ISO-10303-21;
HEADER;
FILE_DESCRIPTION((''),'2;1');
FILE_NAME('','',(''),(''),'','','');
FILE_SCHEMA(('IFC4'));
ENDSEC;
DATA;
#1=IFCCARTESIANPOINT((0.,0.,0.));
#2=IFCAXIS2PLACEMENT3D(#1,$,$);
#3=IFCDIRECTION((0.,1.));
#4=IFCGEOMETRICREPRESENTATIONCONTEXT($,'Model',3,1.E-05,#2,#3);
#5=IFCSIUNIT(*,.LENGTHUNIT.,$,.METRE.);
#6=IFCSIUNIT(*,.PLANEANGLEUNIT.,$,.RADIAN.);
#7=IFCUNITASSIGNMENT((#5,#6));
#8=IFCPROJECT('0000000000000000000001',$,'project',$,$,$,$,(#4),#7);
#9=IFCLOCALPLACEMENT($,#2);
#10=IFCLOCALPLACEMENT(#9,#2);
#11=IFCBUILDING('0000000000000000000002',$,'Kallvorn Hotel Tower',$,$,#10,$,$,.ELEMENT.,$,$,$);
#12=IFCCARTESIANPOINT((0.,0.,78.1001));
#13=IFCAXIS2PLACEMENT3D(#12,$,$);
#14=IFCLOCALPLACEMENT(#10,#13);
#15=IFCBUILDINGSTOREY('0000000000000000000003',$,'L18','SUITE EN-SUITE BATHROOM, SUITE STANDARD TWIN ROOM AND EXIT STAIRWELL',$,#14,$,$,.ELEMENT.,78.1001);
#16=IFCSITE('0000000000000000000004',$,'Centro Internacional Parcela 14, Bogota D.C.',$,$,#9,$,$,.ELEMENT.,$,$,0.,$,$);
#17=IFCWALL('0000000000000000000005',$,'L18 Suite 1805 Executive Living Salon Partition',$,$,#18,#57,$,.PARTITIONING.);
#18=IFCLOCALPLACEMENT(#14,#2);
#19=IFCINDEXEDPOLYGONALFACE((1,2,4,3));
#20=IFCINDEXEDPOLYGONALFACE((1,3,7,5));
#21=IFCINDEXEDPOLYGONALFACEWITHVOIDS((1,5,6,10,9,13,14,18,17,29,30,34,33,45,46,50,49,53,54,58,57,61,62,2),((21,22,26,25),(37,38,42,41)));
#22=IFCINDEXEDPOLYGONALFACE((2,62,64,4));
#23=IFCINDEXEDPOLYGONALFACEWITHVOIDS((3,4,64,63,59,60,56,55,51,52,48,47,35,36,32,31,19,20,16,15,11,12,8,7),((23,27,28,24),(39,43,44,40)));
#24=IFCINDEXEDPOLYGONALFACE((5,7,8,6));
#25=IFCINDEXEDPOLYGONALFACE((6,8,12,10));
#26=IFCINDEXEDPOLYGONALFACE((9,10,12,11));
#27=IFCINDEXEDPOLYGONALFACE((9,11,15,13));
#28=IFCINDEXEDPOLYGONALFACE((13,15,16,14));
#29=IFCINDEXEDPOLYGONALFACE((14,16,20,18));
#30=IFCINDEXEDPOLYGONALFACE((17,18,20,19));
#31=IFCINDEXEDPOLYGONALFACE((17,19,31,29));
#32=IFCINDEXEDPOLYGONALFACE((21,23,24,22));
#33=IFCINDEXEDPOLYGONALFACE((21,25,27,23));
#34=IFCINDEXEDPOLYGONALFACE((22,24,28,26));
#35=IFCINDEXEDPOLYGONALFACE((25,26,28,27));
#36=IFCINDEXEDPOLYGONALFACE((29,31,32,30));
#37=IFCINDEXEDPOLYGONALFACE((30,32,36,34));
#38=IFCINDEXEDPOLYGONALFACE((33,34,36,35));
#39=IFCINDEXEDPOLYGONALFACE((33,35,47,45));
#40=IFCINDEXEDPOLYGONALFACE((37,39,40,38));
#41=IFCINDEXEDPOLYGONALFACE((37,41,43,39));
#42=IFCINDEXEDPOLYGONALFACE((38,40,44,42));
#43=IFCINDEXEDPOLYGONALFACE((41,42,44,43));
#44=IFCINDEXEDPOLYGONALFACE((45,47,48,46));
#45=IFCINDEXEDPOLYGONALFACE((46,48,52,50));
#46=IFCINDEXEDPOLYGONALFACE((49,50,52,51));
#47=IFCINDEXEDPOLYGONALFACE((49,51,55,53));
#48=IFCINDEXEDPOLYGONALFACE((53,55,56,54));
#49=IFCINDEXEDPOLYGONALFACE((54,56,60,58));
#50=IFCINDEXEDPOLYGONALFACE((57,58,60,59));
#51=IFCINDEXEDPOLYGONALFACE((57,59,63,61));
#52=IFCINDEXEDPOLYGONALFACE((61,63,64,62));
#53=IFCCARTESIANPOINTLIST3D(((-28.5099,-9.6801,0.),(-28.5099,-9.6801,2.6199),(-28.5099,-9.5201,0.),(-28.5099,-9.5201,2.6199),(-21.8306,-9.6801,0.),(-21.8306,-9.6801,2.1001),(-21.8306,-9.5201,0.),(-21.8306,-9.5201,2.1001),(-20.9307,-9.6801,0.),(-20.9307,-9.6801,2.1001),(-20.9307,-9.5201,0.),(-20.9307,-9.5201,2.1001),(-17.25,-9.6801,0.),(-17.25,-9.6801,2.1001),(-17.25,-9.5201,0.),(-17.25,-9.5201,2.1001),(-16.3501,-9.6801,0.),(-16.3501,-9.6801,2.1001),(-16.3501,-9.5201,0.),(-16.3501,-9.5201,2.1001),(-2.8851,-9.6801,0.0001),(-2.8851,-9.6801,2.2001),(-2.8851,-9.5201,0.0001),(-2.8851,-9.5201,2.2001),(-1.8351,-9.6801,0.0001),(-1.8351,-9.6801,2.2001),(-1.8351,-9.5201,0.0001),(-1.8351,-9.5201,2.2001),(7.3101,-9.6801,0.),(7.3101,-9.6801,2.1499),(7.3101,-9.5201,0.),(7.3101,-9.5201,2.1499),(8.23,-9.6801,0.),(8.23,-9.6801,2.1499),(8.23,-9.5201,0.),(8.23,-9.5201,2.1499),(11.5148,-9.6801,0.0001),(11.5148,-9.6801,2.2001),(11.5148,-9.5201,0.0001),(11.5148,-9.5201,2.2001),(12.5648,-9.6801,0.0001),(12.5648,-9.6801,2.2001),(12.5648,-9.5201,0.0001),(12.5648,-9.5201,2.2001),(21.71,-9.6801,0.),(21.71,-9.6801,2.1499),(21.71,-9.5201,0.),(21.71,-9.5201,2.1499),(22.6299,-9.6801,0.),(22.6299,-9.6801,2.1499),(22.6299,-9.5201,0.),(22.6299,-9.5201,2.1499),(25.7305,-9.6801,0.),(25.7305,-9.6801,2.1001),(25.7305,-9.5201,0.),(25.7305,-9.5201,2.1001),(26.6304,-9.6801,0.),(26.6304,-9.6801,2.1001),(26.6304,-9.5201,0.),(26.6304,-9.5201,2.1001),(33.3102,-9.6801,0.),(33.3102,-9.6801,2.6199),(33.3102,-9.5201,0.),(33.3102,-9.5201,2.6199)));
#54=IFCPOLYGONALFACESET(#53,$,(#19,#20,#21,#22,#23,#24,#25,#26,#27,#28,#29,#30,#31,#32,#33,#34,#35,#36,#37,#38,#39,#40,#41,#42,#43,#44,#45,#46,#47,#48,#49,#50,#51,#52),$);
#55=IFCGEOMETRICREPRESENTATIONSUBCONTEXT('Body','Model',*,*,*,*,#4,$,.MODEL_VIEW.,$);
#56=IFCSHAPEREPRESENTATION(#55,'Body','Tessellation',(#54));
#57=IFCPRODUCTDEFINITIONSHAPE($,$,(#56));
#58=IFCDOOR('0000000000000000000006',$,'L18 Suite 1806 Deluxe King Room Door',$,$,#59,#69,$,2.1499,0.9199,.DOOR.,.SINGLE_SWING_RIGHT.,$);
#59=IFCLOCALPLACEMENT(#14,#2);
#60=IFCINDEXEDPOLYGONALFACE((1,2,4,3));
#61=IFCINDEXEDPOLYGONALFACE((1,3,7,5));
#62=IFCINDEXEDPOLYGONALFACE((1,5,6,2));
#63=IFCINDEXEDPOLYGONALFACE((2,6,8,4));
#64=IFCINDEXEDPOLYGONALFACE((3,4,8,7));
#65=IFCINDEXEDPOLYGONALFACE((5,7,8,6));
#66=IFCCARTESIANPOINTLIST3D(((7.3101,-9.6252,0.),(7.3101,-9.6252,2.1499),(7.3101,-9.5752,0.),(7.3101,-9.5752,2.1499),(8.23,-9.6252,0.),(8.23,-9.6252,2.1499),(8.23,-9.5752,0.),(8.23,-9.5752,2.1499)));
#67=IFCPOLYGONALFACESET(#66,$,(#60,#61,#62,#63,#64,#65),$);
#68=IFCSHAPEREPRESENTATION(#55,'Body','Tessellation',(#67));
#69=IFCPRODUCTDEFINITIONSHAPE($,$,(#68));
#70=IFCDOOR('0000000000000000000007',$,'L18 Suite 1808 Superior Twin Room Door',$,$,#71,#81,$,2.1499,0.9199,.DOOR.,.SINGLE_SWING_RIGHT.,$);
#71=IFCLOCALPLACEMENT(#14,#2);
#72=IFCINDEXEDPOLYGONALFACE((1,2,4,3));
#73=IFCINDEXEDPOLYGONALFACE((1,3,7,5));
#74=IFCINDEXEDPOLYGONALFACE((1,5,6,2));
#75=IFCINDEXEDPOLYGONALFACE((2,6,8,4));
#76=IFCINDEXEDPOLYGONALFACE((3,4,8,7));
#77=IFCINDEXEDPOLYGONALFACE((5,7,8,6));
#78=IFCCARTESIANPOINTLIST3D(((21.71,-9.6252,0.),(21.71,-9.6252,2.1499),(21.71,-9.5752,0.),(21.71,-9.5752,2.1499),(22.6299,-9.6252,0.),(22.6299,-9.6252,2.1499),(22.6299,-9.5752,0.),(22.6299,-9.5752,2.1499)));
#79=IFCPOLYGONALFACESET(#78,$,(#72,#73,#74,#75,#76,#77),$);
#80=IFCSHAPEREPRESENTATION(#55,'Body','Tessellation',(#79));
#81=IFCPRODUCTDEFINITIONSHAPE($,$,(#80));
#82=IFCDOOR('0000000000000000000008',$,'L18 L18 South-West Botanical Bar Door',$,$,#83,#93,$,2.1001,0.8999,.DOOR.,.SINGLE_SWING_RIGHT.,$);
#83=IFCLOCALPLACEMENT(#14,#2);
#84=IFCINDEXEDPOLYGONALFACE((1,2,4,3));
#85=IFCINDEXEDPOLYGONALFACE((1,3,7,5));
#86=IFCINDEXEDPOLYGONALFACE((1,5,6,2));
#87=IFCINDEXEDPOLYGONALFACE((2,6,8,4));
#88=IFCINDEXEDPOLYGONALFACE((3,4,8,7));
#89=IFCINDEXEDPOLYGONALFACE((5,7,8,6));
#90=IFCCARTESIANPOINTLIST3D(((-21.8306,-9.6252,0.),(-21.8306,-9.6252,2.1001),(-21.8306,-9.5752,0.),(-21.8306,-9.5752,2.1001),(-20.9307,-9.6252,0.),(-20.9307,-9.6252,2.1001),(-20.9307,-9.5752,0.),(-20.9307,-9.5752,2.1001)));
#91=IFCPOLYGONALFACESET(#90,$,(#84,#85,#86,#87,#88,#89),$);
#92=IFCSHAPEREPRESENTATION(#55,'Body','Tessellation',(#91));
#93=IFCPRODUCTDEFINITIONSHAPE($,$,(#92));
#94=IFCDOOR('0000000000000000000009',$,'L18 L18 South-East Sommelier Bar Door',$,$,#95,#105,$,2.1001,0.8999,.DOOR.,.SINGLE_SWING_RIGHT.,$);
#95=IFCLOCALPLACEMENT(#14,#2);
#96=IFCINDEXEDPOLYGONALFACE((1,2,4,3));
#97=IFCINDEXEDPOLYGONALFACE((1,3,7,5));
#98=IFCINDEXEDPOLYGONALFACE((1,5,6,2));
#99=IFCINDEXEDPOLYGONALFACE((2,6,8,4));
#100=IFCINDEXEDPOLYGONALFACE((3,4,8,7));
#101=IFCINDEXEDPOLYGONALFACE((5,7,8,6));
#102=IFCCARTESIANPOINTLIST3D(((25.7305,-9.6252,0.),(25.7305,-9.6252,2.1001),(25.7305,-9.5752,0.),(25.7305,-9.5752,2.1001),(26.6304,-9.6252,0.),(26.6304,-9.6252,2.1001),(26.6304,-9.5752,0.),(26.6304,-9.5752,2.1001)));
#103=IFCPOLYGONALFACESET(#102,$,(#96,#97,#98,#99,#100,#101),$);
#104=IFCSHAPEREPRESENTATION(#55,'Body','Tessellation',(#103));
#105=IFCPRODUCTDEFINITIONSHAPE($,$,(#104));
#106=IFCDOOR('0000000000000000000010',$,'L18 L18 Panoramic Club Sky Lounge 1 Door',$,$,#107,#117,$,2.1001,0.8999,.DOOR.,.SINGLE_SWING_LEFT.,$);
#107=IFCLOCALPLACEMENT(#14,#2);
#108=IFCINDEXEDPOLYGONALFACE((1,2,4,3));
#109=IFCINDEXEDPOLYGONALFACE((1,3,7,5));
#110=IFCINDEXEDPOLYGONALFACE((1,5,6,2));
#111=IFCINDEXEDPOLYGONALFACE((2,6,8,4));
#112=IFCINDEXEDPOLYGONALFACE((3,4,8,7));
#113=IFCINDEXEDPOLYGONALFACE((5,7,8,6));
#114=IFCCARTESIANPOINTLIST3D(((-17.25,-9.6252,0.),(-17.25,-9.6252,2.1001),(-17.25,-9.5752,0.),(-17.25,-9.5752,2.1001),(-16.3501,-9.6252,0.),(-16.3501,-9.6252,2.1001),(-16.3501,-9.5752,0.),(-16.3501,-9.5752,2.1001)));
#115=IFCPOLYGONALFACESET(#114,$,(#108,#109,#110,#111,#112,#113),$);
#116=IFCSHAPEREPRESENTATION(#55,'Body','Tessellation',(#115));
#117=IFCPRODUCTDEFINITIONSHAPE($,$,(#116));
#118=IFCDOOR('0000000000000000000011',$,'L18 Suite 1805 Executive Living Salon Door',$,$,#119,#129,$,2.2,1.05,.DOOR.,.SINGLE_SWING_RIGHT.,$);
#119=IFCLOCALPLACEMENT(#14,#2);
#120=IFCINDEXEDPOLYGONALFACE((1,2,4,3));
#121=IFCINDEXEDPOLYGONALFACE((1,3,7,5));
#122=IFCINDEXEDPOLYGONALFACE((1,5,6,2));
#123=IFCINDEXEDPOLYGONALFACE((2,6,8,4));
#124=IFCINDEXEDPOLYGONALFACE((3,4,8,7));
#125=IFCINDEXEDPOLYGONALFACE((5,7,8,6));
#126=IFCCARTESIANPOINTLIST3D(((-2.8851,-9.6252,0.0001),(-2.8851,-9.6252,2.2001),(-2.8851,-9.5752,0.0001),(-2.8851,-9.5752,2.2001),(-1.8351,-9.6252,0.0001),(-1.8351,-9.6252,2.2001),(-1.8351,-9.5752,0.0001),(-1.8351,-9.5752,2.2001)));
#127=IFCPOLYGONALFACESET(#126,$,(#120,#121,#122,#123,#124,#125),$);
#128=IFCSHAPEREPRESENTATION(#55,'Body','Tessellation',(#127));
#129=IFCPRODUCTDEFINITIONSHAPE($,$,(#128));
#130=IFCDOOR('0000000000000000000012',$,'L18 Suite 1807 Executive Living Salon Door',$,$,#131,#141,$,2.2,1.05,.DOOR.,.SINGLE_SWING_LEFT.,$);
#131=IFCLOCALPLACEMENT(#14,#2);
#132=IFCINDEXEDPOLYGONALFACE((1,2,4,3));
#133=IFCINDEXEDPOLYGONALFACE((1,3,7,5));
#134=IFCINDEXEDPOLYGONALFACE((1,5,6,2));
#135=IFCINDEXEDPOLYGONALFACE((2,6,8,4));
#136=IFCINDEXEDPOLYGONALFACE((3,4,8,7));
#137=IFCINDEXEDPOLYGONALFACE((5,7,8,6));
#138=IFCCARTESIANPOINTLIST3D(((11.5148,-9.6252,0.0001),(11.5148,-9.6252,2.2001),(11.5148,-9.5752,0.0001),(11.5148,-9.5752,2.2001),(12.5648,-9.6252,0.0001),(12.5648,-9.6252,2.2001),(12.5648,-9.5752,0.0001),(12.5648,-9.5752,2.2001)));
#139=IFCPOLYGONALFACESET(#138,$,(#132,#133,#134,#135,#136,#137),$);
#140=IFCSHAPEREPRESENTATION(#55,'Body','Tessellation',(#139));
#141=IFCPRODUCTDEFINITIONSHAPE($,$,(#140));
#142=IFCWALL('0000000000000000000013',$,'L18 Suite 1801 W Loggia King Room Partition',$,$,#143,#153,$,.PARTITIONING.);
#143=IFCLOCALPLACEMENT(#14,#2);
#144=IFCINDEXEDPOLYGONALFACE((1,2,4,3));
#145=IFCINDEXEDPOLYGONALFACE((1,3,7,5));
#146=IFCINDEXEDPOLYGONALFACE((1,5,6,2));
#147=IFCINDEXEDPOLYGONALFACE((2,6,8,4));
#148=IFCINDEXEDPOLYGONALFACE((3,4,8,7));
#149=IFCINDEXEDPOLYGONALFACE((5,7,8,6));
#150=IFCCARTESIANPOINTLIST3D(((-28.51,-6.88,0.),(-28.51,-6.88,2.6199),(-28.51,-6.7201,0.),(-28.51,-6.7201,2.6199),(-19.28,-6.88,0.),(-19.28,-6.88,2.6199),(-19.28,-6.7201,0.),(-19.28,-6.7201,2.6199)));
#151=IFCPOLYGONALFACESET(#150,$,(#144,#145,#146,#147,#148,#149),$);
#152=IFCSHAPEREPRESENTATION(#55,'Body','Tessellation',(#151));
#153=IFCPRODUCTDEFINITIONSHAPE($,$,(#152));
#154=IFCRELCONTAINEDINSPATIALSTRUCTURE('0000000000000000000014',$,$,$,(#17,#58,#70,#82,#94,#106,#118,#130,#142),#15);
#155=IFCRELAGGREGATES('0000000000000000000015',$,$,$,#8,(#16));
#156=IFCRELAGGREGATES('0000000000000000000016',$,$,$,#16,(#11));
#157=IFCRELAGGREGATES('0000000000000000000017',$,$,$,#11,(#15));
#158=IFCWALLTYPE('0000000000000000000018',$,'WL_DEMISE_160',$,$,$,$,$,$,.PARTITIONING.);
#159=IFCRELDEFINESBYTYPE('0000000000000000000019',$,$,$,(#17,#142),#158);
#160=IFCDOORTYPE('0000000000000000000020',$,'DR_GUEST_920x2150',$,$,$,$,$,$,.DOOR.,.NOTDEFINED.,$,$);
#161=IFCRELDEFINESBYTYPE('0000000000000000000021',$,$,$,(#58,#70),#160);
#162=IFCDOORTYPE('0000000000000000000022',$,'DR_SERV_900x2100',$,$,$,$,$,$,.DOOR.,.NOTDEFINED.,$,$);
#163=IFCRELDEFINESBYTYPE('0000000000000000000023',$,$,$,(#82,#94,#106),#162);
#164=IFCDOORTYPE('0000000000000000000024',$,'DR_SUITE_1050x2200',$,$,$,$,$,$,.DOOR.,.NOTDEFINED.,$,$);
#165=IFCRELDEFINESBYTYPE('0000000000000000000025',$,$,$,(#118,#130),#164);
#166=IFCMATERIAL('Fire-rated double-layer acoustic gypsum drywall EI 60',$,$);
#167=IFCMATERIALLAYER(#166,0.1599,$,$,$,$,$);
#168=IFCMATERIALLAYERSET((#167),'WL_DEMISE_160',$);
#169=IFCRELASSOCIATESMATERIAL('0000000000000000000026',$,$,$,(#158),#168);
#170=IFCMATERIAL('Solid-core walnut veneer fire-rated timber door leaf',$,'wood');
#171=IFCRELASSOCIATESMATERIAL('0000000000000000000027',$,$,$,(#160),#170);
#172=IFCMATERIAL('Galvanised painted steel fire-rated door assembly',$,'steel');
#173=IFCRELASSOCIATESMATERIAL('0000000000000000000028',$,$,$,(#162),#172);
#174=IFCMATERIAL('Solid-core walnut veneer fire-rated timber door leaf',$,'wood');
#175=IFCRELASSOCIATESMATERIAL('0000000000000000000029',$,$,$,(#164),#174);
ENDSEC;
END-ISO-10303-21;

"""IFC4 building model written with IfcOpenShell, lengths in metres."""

from ifc_helpers import new_model, si_unit, direction, frame, frame_2d, origin, place, context, subcontext, project, spatial, rectangle, extrude, material, layer, layer_set, type_object, element, fill, save


model = new_model("IFC4")

# Units and contexts
model_context = context("Model", 3, precision=1e-05, world=origin(), true_north=direction((0.0, 1.0)))
body_context = subcontext(model_context, "Body", "Model", "MODEL_VIEW")
ifc_project = project(units=[si_unit("LENGTHUNIT", "METRE"), si_unit("PLANEANGLEUNIT", "RADIAN")], contexts=[model_context])

# Site, building, storey
site_placement = place(None, origin())
site = spatial("IfcSite", under=ifc_project, at=site_placement, Name="Centro Internacional Parcela 14, Bogota D.C.", CompositionType="ELEMENT", RefElevation=0.0)
building_placement = place(site_placement, origin())
building = spatial("IfcBuilding", under=site, at=building_placement, Name="Kallvorn Hotel Tower", CompositionType="ELEMENT")
storey_placement = place(building_placement, frame((0.0, 0.0, 78.1001)))
storey = spatial("IfcBuildingStorey", under=building, at=storey_placement, Name="L18", Description="SUITE EN-SUITE BATHROOM, SUITE STANDARD TWIN ROOM AND EXIT STAIRWELL", CompositionType="ELEMENT", Elevation=78.1001)

# Wall, openings, doors
ifc_material_1 = material(Name="Fire-rated double-layer acoustic gypsum drywall EI 60")
ifc_layer = layer(ifc_material_1, 0.1599)
ifc_layer_set = layer_set([ifc_layer], Name="WL_DEMISE_160")
wall_type = type_object("IfcWallType", Name="WL_DEMISE_160", PredefinedType="PARTITIONING", material=ifc_layer_set)
wall_1_placement = place(storey_placement, frame((-28.51, -9.6001, 0.0), z_axis=(0.0, 0.0, 1.0), x_axis=(1.0, 0.0, 0.0)))
wall_1 = element("IfcWall", 1, at=wall_1_placement, inside=storey, type_object=wall_type, Name="L18 Suite 1805 Executive Living Salon Partition", PredefinedType="PARTITIONING", context=body_context, shape_type="SweptSolid", body=[
    extrude(rectangle(XDim=61.8201, YDim=0.1599, at=frame_2d((30.9102, 0.0))), origin(), (0.0, 0.0, 1.0), 2.6199),
])
opening_1_placement = place(wall_1_placement, frame((6.6794, 0.0, 0.0)))
opening_1 = element("IfcOpeningElement", 2, at=opening_1_placement, cuts=wall_1, PredefinedType="OPENING", context=body_context, shape_type="SweptSolid", body=[
    extrude(rectangle(XDim=0.8999, YDim=2.1001, at=frame_2d((0.45, 1.05))), frame((0.0, 0.095, 0.0), z_axis=(0.0, -1.0, 0.0), x_axis=(1.0, 0.0, 0.0)), (0.0, 0.0, 1.0), 0.1899),
])
opening_2_placement = place(wall_1_placement, frame((54.2405, 0.0, 0.0)))
opening_2 = element("IfcOpeningElement", 3, at=opening_2_placement, cuts=wall_1, PredefinedType="OPENING", context=body_context, shape_type="SweptSolid", body=[
    extrude(rectangle(XDim=0.8999, YDim=2.1001, at=frame_2d((0.45, 1.05))), frame((0.0, 0.095, 0.0), z_axis=(0.0, -1.0, 0.0), x_axis=(1.0, 0.0, 0.0)), (0.0, 0.0, 1.0), 0.1899),
])
opening_3_placement = place(wall_1_placement, frame((11.26, 0.0, 0.0)))
opening_3 = element("IfcOpeningElement", 4, at=opening_3_placement, cuts=wall_1, PredefinedType="OPENING", context=body_context, shape_type="SweptSolid", body=[
    extrude(rectangle(XDim=0.8999, YDim=2.1001, at=frame_2d((0.45, 1.05))), frame((0.0, 0.095, 0.0), z_axis=(0.0, -1.0, 0.0), x_axis=(1.0, 0.0, 0.0)), (0.0, 0.0, 1.0), 0.1899),
])
opening_4_placement = place(wall_1_placement, frame((25.625, 0.0, 0.0)))
opening_4 = element("IfcOpeningElement", 5, at=opening_4_placement, cuts=wall_1, PredefinedType="OPENING", context=body_context, shape_type="SweptSolid", body=[
    extrude(rectangle(XDim=1.05, YDim=2.2, at=frame_2d((0.5249, 1.1001))), frame((0.0, 0.095, 0.0), z_axis=(0.0, -1.0, 0.0), x_axis=(1.0, 0.0, 0.0)), (0.0, 0.0, 1.0), 0.1899),
])
opening_5_placement = place(wall_1_placement, frame((35.8201, 0.0, 0.0)))
opening_5 = element("IfcOpeningElement", 6, at=opening_5_placement, cuts=wall_1, PredefinedType="OPENING", context=body_context, shape_type="SweptSolid", body=[
    extrude(rectangle(XDim=0.9199, YDim=2.1499, at=frame_2d((0.46, 1.075))), frame((0.0, 0.095, 0.0), z_axis=(0.0, -1.0, 0.0), x_axis=(1.0, 0.0, 0.0)), (0.0, 0.0, 1.0), 0.1899),
])
opening_6_placement = place(wall_1_placement, frame((40.0249, 0.0, 0.0)))
opening_6 = element("IfcOpeningElement", 7, at=opening_6_placement, cuts=wall_1, PredefinedType="OPENING", context=body_context, shape_type="SweptSolid", body=[
    extrude(rectangle(XDim=1.05, YDim=2.2, at=frame_2d((0.5249, 1.1001))), frame((0.0, 0.095, 0.0), z_axis=(0.0, -1.0, 0.0), x_axis=(1.0, 0.0, 0.0)), (0.0, 0.0, 1.0), 0.1899),
])
opening_7_placement = place(wall_1_placement, frame((50.22, 0.0, 0.0)))
opening_7 = element("IfcOpeningElement", 8, at=opening_7_placement, cuts=wall_1, PredefinedType="OPENING", context=body_context, shape_type="SweptSolid", body=[
    extrude(rectangle(XDim=0.9199, YDim=2.1499, at=frame_2d((0.46, 1.075))), frame((0.0, 0.095, 0.0), z_axis=(0.0, -1.0, 0.0), x_axis=(1.0, 0.0, 0.0)), (0.0, 0.0, 1.0), 0.1899),
])
ifc_material_2 = material(Name="Solid-core walnut veneer fire-rated timber door leaf", Category="wood")
door_type_1 = type_object("IfcDoorType", Name="DR_GUEST_920x2150", OperationType="NOTDEFINED", PredefinedType="DOOR", material=ifc_material_2)
door_1_placement = place(opening_5_placement, origin())
door_1 = element("IfcDoor", 9, at=door_1_placement, inside=storey, type_object=door_type_1, Name="L18 Suite 1806 Deluxe King Room Door", OperationType="SINGLE_SWING_RIGHT", OverallHeight=2.1499, OverallWidth=0.9199, PredefinedType="DOOR", context=body_context, shape_type="SweptSolid", body=[
    extrude(rectangle(XDim=0.9199, YDim=2.1499, at=frame_2d((0.46, 1.075))), frame((0.0, 0.0249, 0.0), z_axis=(0.0, -1.0, 0.0), x_axis=(1.0, 0.0, 0.0)), (0.0, 0.0, 1.0), 0.05),
])
fill(opening_5, door_1)
door_2_placement = place(opening_7_placement, origin())
door_2 = element("IfcDoor", 10, at=door_2_placement, inside=storey, type_object=door_type_1, Name="L18 Suite 1808 Superior Twin Room Door", OperationType="SINGLE_SWING_RIGHT", OverallHeight=2.1499, OverallWidth=0.9199, PredefinedType="DOOR", context=body_context, shape_type="SweptSolid", body=[
    extrude(rectangle(XDim=0.9199, YDim=2.1499, at=frame_2d((0.46, 1.075))), frame((0.0, 0.0249, 0.0), z_axis=(0.0, -1.0, 0.0), x_axis=(1.0, 0.0, 0.0)), (0.0, 0.0, 1.0), 0.05),
])
fill(opening_7, door_2)
ifc_material_3 = material(Name="Galvanised painted steel fire-rated door assembly", Category="steel")
door_type_2 = type_object("IfcDoorType", Name="DR_SERV_900x2100", OperationType="NOTDEFINED", PredefinedType="DOOR", material=ifc_material_3)
door_3_placement = place(opening_1_placement, origin())
door_3 = element("IfcDoor", 11, at=door_3_placement, inside=storey, type_object=door_type_2, Name="L18 L18 South-West Botanical Bar Door", OperationType="SINGLE_SWING_RIGHT", OverallHeight=2.1001, OverallWidth=0.8999, PredefinedType="DOOR", context=body_context, shape_type="SweptSolid", body=[
    extrude(rectangle(XDim=0.8999, YDim=2.1001, at=frame_2d((0.45, 1.05))), frame((0.0, 0.0249, 0.0), z_axis=(0.0, -1.0, 0.0), x_axis=(1.0, 0.0, 0.0)), (0.0, 0.0, 1.0), 0.05),
])
fill(opening_1, door_3)
door_4_placement = place(opening_2_placement, origin())
door_4 = element("IfcDoor", 12, at=door_4_placement, inside=storey, type_object=door_type_2, Name="L18 L18 South-East Sommelier Bar Door", OperationType="SINGLE_SWING_RIGHT", OverallHeight=2.1001, OverallWidth=0.8999, PredefinedType="DOOR", context=body_context, shape_type="SweptSolid", body=[
    extrude(rectangle(XDim=0.8999, YDim=2.1001, at=frame_2d((0.45, 1.05))), frame((0.0, 0.0249, 0.0), z_axis=(0.0, -1.0, 0.0), x_axis=(1.0, 0.0, 0.0)), (0.0, 0.0, 1.0), 0.05),
])
fill(opening_2, door_4)
door_5_placement = place(opening_3_placement, origin())
door_5 = element("IfcDoor", 13, at=door_5_placement, inside=storey, type_object=door_type_2, Name="L18 L18 Panoramic Club Sky Lounge 1 Door", OperationType="SINGLE_SWING_LEFT", OverallHeight=2.1001, OverallWidth=0.8999, PredefinedType="DOOR", context=body_context, shape_type="SweptSolid", body=[
    extrude(rectangle(XDim=0.8999, YDim=2.1001, at=frame_2d((0.45, 1.05))), frame((0.0, 0.0249, 0.0), z_axis=(0.0, -1.0, 0.0), x_axis=(1.0, 0.0, 0.0)), (0.0, 0.0, 1.0), 0.05),
])
fill(opening_3, door_5)
ifc_material_4 = material(Name="Solid-core walnut veneer fire-rated timber door leaf", Category="wood")
door_type_3 = type_object("IfcDoorType", Name="DR_SUITE_1050x2200", OperationType="NOTDEFINED", PredefinedType="DOOR", material=ifc_material_4)
door_6_placement = place(opening_4_placement, origin())
door_6 = element("IfcDoor", 14, at=door_6_placement, inside=storey, type_object=door_type_3, Name="L18 Suite 1805 Executive Living Salon Door", OperationType="SINGLE_SWING_RIGHT", OverallHeight=2.2, OverallWidth=1.05, PredefinedType="DOOR", context=body_context, shape_type="SweptSolid", body=[
    extrude(rectangle(XDim=1.05, YDim=2.2, at=frame_2d((0.5249, 1.1001))), frame((0.0, 0.0249, 0.0), z_axis=(0.0, -1.0, 0.0), x_axis=(1.0, 0.0, 0.0)), (0.0, 0.0, 1.0), 0.05),
])
fill(opening_4, door_6)
door_7_placement = place(opening_6_placement, origin())
door_7 = element("IfcDoor", 15, at=door_7_placement, inside=storey, type_object=door_type_3, Name="L18 Suite 1807 Executive Living Salon Door", OperationType="SINGLE_SWING_LEFT", OverallHeight=2.2, OverallWidth=1.05, PredefinedType="DOOR", context=body_context, shape_type="SweptSolid", body=[
    extrude(rectangle(XDim=1.05, YDim=2.2, at=frame_2d((0.5249, 1.1001))), frame((0.0, 0.0249, 0.0), z_axis=(0.0, -1.0, 0.0), x_axis=(1.0, 0.0, 0.0)), (0.0, 0.0, 1.0), 0.05),
])
fill(opening_6, door_7)

# Wall
wall_2_placement = place(storey_placement, frame((-28.51, -6.8, 0.0), z_axis=(0.0, 0.0, 1.0), x_axis=(1.0, 0.0, 0.0)))
element("IfcWall", 16, at=wall_2_placement, inside=storey, type_object=wall_type, Name="L18 Suite 1801 W Loggia King Room Partition", PredefinedType="PARTITIONING", context=body_context, shape_type="SweptSolid", body=[
    extrude(rectangle(XDim=9.23, YDim=0.1599, at=frame_2d((4.615, 0.0))), origin(), (0.0, 0.0, 1.0), 2.6199),
])

save(model, "model.ifc")
